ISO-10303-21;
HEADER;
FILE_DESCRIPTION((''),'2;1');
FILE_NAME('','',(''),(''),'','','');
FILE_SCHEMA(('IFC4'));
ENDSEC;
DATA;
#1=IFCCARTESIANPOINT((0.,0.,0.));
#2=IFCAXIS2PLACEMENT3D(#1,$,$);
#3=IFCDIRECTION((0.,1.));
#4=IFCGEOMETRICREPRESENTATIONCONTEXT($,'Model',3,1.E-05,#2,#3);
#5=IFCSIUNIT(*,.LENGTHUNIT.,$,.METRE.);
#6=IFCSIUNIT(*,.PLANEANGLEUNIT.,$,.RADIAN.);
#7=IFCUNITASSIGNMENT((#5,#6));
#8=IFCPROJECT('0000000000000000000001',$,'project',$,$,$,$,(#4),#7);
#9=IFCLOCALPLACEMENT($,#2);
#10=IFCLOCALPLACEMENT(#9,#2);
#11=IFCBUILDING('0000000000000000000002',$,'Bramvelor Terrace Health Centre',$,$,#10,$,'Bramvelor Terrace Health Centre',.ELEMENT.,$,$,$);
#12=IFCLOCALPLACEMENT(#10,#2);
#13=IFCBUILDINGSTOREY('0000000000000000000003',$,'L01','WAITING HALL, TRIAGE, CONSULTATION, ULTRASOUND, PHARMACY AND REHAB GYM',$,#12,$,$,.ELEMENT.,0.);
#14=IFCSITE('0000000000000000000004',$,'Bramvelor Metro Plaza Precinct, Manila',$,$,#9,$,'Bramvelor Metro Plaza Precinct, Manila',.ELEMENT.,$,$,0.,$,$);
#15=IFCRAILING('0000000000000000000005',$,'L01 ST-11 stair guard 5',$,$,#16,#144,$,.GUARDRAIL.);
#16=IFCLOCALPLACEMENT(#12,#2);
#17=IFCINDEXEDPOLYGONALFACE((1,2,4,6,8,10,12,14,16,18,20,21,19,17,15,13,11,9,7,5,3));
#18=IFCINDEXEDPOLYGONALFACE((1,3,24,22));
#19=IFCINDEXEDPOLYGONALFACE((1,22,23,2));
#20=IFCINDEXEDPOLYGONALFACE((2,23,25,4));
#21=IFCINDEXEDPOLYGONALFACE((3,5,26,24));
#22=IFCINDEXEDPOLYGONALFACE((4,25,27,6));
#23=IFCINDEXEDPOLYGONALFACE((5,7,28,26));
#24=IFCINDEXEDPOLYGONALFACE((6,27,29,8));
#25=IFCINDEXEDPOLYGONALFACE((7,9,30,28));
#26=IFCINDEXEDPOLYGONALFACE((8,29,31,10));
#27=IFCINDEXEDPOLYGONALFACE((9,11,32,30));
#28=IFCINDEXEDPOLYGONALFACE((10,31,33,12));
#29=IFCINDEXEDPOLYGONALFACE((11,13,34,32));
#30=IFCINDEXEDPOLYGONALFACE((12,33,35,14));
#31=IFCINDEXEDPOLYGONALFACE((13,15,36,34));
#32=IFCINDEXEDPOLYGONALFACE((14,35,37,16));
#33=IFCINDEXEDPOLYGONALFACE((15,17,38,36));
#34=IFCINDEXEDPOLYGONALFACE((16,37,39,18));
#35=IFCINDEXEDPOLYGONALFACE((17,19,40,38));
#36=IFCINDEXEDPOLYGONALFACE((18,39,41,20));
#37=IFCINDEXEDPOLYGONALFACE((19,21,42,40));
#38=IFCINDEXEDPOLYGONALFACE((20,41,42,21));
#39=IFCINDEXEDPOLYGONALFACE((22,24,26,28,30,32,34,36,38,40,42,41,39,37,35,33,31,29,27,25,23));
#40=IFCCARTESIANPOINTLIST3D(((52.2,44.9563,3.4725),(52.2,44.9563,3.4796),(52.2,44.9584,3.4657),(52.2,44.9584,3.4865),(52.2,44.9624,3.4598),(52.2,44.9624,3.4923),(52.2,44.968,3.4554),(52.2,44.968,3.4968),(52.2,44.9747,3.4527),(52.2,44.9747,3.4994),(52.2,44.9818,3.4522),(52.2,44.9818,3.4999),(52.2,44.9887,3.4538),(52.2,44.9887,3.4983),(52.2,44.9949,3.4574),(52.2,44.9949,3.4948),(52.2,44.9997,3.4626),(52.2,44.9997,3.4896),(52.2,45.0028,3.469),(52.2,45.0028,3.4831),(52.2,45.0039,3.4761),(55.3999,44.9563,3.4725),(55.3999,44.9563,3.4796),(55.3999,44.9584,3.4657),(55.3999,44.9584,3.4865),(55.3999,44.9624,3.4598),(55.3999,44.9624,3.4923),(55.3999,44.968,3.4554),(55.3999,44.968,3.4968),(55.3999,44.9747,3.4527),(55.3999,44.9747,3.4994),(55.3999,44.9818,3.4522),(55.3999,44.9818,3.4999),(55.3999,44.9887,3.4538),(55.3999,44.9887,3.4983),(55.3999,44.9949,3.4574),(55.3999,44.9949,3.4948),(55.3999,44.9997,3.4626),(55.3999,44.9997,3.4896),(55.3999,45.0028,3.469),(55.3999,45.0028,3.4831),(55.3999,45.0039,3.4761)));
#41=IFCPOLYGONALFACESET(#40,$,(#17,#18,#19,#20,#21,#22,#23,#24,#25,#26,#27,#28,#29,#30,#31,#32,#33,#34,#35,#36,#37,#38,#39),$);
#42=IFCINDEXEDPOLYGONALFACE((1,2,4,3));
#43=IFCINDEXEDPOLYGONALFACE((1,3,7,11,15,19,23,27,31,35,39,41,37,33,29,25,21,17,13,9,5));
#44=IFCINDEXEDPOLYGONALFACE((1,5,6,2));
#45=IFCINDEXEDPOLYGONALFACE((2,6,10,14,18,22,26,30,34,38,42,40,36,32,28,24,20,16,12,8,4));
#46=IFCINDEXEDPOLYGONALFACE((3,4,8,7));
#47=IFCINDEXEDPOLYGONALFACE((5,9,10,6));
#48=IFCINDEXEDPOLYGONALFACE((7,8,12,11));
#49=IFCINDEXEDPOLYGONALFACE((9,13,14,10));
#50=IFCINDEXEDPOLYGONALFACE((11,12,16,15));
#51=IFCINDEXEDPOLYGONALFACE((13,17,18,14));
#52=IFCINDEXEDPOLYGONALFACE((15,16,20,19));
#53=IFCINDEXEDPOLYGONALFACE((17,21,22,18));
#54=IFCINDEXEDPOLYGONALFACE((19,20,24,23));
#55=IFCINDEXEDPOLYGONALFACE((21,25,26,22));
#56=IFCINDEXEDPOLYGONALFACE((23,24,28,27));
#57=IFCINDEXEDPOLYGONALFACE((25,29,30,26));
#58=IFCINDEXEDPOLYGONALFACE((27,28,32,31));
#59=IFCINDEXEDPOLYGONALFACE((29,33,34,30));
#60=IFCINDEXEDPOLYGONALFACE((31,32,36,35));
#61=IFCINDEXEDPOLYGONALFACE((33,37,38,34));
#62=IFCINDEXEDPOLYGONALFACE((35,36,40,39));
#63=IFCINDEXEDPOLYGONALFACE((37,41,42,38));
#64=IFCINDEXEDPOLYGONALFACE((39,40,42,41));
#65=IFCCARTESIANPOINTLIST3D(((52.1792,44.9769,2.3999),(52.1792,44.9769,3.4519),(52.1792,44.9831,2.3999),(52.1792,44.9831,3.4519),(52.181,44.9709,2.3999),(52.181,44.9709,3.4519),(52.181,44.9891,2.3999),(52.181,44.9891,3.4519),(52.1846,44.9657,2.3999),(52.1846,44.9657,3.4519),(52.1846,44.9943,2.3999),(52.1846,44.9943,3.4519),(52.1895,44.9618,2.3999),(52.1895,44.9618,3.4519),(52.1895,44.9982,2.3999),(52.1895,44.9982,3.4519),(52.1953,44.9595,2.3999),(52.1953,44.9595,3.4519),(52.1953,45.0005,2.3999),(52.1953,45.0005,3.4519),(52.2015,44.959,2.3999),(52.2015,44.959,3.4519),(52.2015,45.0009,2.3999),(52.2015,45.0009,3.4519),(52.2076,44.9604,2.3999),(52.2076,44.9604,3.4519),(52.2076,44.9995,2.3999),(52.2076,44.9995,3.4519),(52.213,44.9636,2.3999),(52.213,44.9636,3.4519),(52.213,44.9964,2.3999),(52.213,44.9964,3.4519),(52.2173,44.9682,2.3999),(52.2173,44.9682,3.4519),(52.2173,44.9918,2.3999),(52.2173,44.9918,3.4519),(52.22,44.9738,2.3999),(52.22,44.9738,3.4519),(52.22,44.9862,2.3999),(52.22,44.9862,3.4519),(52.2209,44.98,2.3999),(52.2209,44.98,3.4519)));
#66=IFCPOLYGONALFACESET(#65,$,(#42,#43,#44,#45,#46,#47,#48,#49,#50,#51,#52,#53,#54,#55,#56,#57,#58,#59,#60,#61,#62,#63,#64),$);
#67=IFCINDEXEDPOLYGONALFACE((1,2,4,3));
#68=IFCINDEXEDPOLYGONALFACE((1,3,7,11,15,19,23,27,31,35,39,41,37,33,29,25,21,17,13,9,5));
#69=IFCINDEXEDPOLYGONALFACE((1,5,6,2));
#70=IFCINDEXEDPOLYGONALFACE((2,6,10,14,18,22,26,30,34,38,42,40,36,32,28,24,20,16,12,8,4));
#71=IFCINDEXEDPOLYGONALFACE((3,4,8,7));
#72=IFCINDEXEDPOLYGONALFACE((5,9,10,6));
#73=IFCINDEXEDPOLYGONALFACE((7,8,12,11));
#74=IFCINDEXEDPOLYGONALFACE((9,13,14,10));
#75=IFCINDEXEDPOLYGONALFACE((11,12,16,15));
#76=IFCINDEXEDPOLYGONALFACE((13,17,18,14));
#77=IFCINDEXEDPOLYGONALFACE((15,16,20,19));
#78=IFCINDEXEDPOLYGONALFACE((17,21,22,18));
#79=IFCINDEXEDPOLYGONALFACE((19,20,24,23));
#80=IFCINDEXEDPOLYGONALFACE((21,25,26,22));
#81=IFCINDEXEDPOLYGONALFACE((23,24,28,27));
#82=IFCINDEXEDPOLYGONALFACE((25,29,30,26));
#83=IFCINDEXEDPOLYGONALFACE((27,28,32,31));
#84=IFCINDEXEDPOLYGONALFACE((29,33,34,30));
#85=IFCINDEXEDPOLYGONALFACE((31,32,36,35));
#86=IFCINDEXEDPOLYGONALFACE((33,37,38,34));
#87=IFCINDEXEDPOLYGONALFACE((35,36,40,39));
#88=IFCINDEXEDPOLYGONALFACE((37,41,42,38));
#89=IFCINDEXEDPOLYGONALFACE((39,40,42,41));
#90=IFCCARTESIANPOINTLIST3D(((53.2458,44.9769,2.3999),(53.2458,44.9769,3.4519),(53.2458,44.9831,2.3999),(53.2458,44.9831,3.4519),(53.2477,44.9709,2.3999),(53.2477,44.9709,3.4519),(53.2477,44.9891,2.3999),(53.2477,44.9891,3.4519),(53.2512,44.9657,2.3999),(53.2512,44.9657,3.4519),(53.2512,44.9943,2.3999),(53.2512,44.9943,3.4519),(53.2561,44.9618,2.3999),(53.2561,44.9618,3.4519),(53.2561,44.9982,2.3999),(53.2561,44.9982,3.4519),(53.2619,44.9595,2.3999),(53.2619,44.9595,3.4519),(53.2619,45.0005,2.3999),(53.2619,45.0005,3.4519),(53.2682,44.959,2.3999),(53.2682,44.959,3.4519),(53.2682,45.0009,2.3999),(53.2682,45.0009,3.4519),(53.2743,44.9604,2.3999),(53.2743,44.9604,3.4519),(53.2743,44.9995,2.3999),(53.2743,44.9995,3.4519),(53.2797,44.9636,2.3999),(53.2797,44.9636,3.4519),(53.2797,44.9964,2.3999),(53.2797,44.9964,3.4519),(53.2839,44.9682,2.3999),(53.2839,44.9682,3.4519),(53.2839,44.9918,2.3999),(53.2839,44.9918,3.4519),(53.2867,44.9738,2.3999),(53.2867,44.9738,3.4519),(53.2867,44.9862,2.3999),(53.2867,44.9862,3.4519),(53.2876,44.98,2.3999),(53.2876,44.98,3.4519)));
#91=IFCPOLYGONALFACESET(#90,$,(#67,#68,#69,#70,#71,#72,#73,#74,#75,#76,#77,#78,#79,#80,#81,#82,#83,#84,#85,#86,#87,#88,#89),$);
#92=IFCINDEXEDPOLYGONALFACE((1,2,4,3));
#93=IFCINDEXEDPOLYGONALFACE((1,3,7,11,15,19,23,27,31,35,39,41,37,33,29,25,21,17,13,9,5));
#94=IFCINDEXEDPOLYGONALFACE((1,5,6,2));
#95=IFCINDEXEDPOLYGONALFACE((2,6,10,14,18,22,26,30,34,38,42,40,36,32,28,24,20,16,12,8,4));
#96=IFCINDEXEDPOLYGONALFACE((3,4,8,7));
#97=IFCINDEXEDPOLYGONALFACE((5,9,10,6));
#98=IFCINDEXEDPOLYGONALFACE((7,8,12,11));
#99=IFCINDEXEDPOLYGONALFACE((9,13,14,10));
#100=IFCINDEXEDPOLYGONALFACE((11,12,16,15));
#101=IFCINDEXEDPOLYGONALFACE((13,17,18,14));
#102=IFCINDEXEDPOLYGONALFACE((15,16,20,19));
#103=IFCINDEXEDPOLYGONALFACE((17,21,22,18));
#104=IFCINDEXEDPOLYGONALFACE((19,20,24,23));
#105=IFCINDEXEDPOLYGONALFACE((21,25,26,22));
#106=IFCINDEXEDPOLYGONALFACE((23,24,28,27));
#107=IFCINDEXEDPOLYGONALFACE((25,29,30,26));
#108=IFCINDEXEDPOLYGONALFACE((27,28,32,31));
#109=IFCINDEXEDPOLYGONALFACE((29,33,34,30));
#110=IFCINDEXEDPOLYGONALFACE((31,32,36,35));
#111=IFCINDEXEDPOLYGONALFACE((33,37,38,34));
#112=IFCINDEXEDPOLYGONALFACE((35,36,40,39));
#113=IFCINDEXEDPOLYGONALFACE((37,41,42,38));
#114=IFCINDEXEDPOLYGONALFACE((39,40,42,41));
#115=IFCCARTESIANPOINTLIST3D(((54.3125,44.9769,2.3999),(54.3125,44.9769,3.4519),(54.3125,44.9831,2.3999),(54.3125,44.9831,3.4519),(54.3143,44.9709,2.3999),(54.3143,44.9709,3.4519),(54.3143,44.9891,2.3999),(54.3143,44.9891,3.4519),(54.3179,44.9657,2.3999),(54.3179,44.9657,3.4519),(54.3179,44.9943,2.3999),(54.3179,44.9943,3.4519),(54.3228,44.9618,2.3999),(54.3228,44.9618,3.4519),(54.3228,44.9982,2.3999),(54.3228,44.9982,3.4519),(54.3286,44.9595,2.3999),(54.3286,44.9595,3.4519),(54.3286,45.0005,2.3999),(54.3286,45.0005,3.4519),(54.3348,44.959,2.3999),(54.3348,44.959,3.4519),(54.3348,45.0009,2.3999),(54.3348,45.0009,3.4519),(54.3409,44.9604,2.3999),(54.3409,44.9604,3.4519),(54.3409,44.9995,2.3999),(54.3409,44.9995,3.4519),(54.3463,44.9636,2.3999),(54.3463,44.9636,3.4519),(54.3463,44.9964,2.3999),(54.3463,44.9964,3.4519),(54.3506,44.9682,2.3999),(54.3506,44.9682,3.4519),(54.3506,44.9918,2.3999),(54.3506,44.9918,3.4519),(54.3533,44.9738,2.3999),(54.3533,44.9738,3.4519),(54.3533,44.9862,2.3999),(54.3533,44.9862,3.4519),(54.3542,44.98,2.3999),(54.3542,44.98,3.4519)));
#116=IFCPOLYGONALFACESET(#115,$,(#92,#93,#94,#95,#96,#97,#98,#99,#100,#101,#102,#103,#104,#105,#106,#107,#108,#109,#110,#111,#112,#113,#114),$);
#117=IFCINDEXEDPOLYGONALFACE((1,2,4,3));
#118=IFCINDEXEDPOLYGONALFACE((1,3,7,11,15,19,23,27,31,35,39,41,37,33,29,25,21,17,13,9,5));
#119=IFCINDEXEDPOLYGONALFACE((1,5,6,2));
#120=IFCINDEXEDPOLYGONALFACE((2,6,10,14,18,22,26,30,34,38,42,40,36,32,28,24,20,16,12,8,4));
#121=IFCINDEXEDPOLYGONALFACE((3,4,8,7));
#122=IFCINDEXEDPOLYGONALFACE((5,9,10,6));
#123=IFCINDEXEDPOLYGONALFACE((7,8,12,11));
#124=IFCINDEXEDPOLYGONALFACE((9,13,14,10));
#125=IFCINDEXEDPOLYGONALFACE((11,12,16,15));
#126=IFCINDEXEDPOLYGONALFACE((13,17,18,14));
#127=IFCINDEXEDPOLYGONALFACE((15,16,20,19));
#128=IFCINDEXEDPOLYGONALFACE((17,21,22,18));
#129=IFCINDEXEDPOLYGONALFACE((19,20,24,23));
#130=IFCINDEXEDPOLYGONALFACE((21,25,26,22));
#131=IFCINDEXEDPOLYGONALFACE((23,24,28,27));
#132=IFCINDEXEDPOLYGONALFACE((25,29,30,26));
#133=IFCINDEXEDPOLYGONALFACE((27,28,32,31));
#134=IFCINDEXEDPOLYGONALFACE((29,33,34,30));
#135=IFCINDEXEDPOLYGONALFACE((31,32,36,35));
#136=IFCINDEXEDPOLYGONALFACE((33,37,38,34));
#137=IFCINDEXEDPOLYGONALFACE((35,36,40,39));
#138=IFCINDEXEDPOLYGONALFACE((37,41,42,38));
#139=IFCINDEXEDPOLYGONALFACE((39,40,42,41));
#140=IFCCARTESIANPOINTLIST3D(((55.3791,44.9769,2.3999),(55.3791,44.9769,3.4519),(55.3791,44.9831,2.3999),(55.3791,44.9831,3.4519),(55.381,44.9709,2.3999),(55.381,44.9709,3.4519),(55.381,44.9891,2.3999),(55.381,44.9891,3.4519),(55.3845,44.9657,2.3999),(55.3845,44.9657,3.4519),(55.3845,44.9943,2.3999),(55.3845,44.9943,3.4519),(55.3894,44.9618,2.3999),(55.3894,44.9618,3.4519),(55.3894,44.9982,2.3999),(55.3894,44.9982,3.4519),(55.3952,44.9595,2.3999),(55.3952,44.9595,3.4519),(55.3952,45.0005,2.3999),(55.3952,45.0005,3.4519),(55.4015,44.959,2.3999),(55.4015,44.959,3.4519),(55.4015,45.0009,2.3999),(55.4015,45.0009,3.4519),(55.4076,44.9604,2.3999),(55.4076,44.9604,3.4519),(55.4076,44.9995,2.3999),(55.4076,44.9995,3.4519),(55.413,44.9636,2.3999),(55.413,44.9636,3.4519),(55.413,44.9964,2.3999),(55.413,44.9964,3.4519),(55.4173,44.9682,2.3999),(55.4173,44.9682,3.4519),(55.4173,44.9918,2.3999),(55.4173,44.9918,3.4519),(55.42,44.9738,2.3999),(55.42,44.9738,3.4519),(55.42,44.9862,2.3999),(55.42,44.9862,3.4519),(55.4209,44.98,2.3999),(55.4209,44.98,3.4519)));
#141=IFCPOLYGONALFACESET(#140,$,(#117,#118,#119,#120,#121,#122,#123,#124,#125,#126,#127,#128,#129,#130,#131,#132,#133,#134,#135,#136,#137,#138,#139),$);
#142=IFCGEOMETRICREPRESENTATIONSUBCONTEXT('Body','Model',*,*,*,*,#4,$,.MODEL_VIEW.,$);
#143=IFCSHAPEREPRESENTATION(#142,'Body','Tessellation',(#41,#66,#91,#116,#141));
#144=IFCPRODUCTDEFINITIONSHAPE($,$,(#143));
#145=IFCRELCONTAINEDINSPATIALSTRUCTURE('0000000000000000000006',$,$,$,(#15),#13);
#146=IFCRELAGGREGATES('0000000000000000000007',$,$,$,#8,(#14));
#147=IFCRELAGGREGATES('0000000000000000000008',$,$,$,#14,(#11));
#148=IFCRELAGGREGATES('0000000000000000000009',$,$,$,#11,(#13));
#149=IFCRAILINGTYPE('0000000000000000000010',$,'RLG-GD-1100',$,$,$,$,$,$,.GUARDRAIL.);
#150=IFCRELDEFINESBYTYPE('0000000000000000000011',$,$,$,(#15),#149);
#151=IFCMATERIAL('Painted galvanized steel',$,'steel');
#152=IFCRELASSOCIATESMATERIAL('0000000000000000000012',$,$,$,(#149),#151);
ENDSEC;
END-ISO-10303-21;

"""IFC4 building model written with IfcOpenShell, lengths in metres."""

from ifc_helpers import new_model, si_unit, direction, frame, origin, origin_2d, place, context, subcontext, project, spatial, circle, extrude, material, type_object, element, save


model = new_model("IFC4")

# Units and contexts
model_context = context("Model", 3, precision=1e-05, world=origin(), true_north=direction((0.0, 1.0)))
body_context = subcontext(model_context, "Body", "Model", "MODEL_VIEW")
ifc_project = project(units=[si_unit("LENGTHUNIT", "METRE"), si_unit("PLANEANGLEUNIT", "RADIAN")], contexts=[model_context])

# Site, building, storey
site_placement = place(None, origin())
site = spatial("IfcSite", under=ifc_project, at=site_placement, Name="Bramvelor Metro Plaza Precinct, Manila", LongName="Bramvelor Metro Plaza Precinct, Manila", CompositionType="ELEMENT", RefElevation=0.0)
building_placement = place(site_placement, origin())
building = spatial("IfcBuilding", under=site, at=building_placement, Name="Bramvelor Terrace Health Centre", LongName="Bramvelor Terrace Health Centre", CompositionType="ELEMENT")
storey_placement = place(building_placement, origin())
storey = spatial("IfcBuildingStorey", under=building, at=storey_placement, Name="L01", Description="WAITING HALL, TRIAGE, CONSULTATION, ULTRASOUND, PHARMACY AND REHAB GYM", CompositionType="ELEMENT", Elevation=0.0)

# Railing
ifc_material_1 = material(Name="Painted galvanized steel", Category="steel")
railing_type = type_object("IfcRailingType", Name="RLG-GD-1100", PredefinedType="GUARDRAIL", material=ifc_material_1)
railing_placement = place(storey_placement, frame((52.2, 44.98, 2.3999)))
element("IfcRailing", 1, at=railing_placement, inside=storey, type_object=railing_type, Name="L01 ST-11 stair guard 5", PredefinedType="GUARDRAIL", context=body_context, shape_type="SweptSolid", body=[
    extrude(circle(Radius=0.0239, at=origin_2d()), frame((0.0, 0.0, 1.0762), z_axis=(1.0, 0.0, 0.0), x_axis=(0.0, 1.0, 0.0)), (0.0, 0.0, 1.0), 3.2),
    extrude(circle(Radius=0.021, at=origin_2d()), origin(), (0.0, 0.0, 1.0), 1.052),
    extrude(circle(Radius=0.021, at=origin_2d()), frame((1.0667, 0.0, 0.0)), (0.0, 0.0, 1.0), 1.052),
    extrude(circle(Radius=0.021, at=origin_2d()), frame((2.1333, 0.0, 0.0)), (0.0, 0.0, 1.0), 1.052),
    extrude(circle(Radius=0.021, at=origin_2d()), frame((3.2, 0.0, 0.0)), (0.0, 0.0, 1.0), 1.052),
])

save(model, "model.ifc")
